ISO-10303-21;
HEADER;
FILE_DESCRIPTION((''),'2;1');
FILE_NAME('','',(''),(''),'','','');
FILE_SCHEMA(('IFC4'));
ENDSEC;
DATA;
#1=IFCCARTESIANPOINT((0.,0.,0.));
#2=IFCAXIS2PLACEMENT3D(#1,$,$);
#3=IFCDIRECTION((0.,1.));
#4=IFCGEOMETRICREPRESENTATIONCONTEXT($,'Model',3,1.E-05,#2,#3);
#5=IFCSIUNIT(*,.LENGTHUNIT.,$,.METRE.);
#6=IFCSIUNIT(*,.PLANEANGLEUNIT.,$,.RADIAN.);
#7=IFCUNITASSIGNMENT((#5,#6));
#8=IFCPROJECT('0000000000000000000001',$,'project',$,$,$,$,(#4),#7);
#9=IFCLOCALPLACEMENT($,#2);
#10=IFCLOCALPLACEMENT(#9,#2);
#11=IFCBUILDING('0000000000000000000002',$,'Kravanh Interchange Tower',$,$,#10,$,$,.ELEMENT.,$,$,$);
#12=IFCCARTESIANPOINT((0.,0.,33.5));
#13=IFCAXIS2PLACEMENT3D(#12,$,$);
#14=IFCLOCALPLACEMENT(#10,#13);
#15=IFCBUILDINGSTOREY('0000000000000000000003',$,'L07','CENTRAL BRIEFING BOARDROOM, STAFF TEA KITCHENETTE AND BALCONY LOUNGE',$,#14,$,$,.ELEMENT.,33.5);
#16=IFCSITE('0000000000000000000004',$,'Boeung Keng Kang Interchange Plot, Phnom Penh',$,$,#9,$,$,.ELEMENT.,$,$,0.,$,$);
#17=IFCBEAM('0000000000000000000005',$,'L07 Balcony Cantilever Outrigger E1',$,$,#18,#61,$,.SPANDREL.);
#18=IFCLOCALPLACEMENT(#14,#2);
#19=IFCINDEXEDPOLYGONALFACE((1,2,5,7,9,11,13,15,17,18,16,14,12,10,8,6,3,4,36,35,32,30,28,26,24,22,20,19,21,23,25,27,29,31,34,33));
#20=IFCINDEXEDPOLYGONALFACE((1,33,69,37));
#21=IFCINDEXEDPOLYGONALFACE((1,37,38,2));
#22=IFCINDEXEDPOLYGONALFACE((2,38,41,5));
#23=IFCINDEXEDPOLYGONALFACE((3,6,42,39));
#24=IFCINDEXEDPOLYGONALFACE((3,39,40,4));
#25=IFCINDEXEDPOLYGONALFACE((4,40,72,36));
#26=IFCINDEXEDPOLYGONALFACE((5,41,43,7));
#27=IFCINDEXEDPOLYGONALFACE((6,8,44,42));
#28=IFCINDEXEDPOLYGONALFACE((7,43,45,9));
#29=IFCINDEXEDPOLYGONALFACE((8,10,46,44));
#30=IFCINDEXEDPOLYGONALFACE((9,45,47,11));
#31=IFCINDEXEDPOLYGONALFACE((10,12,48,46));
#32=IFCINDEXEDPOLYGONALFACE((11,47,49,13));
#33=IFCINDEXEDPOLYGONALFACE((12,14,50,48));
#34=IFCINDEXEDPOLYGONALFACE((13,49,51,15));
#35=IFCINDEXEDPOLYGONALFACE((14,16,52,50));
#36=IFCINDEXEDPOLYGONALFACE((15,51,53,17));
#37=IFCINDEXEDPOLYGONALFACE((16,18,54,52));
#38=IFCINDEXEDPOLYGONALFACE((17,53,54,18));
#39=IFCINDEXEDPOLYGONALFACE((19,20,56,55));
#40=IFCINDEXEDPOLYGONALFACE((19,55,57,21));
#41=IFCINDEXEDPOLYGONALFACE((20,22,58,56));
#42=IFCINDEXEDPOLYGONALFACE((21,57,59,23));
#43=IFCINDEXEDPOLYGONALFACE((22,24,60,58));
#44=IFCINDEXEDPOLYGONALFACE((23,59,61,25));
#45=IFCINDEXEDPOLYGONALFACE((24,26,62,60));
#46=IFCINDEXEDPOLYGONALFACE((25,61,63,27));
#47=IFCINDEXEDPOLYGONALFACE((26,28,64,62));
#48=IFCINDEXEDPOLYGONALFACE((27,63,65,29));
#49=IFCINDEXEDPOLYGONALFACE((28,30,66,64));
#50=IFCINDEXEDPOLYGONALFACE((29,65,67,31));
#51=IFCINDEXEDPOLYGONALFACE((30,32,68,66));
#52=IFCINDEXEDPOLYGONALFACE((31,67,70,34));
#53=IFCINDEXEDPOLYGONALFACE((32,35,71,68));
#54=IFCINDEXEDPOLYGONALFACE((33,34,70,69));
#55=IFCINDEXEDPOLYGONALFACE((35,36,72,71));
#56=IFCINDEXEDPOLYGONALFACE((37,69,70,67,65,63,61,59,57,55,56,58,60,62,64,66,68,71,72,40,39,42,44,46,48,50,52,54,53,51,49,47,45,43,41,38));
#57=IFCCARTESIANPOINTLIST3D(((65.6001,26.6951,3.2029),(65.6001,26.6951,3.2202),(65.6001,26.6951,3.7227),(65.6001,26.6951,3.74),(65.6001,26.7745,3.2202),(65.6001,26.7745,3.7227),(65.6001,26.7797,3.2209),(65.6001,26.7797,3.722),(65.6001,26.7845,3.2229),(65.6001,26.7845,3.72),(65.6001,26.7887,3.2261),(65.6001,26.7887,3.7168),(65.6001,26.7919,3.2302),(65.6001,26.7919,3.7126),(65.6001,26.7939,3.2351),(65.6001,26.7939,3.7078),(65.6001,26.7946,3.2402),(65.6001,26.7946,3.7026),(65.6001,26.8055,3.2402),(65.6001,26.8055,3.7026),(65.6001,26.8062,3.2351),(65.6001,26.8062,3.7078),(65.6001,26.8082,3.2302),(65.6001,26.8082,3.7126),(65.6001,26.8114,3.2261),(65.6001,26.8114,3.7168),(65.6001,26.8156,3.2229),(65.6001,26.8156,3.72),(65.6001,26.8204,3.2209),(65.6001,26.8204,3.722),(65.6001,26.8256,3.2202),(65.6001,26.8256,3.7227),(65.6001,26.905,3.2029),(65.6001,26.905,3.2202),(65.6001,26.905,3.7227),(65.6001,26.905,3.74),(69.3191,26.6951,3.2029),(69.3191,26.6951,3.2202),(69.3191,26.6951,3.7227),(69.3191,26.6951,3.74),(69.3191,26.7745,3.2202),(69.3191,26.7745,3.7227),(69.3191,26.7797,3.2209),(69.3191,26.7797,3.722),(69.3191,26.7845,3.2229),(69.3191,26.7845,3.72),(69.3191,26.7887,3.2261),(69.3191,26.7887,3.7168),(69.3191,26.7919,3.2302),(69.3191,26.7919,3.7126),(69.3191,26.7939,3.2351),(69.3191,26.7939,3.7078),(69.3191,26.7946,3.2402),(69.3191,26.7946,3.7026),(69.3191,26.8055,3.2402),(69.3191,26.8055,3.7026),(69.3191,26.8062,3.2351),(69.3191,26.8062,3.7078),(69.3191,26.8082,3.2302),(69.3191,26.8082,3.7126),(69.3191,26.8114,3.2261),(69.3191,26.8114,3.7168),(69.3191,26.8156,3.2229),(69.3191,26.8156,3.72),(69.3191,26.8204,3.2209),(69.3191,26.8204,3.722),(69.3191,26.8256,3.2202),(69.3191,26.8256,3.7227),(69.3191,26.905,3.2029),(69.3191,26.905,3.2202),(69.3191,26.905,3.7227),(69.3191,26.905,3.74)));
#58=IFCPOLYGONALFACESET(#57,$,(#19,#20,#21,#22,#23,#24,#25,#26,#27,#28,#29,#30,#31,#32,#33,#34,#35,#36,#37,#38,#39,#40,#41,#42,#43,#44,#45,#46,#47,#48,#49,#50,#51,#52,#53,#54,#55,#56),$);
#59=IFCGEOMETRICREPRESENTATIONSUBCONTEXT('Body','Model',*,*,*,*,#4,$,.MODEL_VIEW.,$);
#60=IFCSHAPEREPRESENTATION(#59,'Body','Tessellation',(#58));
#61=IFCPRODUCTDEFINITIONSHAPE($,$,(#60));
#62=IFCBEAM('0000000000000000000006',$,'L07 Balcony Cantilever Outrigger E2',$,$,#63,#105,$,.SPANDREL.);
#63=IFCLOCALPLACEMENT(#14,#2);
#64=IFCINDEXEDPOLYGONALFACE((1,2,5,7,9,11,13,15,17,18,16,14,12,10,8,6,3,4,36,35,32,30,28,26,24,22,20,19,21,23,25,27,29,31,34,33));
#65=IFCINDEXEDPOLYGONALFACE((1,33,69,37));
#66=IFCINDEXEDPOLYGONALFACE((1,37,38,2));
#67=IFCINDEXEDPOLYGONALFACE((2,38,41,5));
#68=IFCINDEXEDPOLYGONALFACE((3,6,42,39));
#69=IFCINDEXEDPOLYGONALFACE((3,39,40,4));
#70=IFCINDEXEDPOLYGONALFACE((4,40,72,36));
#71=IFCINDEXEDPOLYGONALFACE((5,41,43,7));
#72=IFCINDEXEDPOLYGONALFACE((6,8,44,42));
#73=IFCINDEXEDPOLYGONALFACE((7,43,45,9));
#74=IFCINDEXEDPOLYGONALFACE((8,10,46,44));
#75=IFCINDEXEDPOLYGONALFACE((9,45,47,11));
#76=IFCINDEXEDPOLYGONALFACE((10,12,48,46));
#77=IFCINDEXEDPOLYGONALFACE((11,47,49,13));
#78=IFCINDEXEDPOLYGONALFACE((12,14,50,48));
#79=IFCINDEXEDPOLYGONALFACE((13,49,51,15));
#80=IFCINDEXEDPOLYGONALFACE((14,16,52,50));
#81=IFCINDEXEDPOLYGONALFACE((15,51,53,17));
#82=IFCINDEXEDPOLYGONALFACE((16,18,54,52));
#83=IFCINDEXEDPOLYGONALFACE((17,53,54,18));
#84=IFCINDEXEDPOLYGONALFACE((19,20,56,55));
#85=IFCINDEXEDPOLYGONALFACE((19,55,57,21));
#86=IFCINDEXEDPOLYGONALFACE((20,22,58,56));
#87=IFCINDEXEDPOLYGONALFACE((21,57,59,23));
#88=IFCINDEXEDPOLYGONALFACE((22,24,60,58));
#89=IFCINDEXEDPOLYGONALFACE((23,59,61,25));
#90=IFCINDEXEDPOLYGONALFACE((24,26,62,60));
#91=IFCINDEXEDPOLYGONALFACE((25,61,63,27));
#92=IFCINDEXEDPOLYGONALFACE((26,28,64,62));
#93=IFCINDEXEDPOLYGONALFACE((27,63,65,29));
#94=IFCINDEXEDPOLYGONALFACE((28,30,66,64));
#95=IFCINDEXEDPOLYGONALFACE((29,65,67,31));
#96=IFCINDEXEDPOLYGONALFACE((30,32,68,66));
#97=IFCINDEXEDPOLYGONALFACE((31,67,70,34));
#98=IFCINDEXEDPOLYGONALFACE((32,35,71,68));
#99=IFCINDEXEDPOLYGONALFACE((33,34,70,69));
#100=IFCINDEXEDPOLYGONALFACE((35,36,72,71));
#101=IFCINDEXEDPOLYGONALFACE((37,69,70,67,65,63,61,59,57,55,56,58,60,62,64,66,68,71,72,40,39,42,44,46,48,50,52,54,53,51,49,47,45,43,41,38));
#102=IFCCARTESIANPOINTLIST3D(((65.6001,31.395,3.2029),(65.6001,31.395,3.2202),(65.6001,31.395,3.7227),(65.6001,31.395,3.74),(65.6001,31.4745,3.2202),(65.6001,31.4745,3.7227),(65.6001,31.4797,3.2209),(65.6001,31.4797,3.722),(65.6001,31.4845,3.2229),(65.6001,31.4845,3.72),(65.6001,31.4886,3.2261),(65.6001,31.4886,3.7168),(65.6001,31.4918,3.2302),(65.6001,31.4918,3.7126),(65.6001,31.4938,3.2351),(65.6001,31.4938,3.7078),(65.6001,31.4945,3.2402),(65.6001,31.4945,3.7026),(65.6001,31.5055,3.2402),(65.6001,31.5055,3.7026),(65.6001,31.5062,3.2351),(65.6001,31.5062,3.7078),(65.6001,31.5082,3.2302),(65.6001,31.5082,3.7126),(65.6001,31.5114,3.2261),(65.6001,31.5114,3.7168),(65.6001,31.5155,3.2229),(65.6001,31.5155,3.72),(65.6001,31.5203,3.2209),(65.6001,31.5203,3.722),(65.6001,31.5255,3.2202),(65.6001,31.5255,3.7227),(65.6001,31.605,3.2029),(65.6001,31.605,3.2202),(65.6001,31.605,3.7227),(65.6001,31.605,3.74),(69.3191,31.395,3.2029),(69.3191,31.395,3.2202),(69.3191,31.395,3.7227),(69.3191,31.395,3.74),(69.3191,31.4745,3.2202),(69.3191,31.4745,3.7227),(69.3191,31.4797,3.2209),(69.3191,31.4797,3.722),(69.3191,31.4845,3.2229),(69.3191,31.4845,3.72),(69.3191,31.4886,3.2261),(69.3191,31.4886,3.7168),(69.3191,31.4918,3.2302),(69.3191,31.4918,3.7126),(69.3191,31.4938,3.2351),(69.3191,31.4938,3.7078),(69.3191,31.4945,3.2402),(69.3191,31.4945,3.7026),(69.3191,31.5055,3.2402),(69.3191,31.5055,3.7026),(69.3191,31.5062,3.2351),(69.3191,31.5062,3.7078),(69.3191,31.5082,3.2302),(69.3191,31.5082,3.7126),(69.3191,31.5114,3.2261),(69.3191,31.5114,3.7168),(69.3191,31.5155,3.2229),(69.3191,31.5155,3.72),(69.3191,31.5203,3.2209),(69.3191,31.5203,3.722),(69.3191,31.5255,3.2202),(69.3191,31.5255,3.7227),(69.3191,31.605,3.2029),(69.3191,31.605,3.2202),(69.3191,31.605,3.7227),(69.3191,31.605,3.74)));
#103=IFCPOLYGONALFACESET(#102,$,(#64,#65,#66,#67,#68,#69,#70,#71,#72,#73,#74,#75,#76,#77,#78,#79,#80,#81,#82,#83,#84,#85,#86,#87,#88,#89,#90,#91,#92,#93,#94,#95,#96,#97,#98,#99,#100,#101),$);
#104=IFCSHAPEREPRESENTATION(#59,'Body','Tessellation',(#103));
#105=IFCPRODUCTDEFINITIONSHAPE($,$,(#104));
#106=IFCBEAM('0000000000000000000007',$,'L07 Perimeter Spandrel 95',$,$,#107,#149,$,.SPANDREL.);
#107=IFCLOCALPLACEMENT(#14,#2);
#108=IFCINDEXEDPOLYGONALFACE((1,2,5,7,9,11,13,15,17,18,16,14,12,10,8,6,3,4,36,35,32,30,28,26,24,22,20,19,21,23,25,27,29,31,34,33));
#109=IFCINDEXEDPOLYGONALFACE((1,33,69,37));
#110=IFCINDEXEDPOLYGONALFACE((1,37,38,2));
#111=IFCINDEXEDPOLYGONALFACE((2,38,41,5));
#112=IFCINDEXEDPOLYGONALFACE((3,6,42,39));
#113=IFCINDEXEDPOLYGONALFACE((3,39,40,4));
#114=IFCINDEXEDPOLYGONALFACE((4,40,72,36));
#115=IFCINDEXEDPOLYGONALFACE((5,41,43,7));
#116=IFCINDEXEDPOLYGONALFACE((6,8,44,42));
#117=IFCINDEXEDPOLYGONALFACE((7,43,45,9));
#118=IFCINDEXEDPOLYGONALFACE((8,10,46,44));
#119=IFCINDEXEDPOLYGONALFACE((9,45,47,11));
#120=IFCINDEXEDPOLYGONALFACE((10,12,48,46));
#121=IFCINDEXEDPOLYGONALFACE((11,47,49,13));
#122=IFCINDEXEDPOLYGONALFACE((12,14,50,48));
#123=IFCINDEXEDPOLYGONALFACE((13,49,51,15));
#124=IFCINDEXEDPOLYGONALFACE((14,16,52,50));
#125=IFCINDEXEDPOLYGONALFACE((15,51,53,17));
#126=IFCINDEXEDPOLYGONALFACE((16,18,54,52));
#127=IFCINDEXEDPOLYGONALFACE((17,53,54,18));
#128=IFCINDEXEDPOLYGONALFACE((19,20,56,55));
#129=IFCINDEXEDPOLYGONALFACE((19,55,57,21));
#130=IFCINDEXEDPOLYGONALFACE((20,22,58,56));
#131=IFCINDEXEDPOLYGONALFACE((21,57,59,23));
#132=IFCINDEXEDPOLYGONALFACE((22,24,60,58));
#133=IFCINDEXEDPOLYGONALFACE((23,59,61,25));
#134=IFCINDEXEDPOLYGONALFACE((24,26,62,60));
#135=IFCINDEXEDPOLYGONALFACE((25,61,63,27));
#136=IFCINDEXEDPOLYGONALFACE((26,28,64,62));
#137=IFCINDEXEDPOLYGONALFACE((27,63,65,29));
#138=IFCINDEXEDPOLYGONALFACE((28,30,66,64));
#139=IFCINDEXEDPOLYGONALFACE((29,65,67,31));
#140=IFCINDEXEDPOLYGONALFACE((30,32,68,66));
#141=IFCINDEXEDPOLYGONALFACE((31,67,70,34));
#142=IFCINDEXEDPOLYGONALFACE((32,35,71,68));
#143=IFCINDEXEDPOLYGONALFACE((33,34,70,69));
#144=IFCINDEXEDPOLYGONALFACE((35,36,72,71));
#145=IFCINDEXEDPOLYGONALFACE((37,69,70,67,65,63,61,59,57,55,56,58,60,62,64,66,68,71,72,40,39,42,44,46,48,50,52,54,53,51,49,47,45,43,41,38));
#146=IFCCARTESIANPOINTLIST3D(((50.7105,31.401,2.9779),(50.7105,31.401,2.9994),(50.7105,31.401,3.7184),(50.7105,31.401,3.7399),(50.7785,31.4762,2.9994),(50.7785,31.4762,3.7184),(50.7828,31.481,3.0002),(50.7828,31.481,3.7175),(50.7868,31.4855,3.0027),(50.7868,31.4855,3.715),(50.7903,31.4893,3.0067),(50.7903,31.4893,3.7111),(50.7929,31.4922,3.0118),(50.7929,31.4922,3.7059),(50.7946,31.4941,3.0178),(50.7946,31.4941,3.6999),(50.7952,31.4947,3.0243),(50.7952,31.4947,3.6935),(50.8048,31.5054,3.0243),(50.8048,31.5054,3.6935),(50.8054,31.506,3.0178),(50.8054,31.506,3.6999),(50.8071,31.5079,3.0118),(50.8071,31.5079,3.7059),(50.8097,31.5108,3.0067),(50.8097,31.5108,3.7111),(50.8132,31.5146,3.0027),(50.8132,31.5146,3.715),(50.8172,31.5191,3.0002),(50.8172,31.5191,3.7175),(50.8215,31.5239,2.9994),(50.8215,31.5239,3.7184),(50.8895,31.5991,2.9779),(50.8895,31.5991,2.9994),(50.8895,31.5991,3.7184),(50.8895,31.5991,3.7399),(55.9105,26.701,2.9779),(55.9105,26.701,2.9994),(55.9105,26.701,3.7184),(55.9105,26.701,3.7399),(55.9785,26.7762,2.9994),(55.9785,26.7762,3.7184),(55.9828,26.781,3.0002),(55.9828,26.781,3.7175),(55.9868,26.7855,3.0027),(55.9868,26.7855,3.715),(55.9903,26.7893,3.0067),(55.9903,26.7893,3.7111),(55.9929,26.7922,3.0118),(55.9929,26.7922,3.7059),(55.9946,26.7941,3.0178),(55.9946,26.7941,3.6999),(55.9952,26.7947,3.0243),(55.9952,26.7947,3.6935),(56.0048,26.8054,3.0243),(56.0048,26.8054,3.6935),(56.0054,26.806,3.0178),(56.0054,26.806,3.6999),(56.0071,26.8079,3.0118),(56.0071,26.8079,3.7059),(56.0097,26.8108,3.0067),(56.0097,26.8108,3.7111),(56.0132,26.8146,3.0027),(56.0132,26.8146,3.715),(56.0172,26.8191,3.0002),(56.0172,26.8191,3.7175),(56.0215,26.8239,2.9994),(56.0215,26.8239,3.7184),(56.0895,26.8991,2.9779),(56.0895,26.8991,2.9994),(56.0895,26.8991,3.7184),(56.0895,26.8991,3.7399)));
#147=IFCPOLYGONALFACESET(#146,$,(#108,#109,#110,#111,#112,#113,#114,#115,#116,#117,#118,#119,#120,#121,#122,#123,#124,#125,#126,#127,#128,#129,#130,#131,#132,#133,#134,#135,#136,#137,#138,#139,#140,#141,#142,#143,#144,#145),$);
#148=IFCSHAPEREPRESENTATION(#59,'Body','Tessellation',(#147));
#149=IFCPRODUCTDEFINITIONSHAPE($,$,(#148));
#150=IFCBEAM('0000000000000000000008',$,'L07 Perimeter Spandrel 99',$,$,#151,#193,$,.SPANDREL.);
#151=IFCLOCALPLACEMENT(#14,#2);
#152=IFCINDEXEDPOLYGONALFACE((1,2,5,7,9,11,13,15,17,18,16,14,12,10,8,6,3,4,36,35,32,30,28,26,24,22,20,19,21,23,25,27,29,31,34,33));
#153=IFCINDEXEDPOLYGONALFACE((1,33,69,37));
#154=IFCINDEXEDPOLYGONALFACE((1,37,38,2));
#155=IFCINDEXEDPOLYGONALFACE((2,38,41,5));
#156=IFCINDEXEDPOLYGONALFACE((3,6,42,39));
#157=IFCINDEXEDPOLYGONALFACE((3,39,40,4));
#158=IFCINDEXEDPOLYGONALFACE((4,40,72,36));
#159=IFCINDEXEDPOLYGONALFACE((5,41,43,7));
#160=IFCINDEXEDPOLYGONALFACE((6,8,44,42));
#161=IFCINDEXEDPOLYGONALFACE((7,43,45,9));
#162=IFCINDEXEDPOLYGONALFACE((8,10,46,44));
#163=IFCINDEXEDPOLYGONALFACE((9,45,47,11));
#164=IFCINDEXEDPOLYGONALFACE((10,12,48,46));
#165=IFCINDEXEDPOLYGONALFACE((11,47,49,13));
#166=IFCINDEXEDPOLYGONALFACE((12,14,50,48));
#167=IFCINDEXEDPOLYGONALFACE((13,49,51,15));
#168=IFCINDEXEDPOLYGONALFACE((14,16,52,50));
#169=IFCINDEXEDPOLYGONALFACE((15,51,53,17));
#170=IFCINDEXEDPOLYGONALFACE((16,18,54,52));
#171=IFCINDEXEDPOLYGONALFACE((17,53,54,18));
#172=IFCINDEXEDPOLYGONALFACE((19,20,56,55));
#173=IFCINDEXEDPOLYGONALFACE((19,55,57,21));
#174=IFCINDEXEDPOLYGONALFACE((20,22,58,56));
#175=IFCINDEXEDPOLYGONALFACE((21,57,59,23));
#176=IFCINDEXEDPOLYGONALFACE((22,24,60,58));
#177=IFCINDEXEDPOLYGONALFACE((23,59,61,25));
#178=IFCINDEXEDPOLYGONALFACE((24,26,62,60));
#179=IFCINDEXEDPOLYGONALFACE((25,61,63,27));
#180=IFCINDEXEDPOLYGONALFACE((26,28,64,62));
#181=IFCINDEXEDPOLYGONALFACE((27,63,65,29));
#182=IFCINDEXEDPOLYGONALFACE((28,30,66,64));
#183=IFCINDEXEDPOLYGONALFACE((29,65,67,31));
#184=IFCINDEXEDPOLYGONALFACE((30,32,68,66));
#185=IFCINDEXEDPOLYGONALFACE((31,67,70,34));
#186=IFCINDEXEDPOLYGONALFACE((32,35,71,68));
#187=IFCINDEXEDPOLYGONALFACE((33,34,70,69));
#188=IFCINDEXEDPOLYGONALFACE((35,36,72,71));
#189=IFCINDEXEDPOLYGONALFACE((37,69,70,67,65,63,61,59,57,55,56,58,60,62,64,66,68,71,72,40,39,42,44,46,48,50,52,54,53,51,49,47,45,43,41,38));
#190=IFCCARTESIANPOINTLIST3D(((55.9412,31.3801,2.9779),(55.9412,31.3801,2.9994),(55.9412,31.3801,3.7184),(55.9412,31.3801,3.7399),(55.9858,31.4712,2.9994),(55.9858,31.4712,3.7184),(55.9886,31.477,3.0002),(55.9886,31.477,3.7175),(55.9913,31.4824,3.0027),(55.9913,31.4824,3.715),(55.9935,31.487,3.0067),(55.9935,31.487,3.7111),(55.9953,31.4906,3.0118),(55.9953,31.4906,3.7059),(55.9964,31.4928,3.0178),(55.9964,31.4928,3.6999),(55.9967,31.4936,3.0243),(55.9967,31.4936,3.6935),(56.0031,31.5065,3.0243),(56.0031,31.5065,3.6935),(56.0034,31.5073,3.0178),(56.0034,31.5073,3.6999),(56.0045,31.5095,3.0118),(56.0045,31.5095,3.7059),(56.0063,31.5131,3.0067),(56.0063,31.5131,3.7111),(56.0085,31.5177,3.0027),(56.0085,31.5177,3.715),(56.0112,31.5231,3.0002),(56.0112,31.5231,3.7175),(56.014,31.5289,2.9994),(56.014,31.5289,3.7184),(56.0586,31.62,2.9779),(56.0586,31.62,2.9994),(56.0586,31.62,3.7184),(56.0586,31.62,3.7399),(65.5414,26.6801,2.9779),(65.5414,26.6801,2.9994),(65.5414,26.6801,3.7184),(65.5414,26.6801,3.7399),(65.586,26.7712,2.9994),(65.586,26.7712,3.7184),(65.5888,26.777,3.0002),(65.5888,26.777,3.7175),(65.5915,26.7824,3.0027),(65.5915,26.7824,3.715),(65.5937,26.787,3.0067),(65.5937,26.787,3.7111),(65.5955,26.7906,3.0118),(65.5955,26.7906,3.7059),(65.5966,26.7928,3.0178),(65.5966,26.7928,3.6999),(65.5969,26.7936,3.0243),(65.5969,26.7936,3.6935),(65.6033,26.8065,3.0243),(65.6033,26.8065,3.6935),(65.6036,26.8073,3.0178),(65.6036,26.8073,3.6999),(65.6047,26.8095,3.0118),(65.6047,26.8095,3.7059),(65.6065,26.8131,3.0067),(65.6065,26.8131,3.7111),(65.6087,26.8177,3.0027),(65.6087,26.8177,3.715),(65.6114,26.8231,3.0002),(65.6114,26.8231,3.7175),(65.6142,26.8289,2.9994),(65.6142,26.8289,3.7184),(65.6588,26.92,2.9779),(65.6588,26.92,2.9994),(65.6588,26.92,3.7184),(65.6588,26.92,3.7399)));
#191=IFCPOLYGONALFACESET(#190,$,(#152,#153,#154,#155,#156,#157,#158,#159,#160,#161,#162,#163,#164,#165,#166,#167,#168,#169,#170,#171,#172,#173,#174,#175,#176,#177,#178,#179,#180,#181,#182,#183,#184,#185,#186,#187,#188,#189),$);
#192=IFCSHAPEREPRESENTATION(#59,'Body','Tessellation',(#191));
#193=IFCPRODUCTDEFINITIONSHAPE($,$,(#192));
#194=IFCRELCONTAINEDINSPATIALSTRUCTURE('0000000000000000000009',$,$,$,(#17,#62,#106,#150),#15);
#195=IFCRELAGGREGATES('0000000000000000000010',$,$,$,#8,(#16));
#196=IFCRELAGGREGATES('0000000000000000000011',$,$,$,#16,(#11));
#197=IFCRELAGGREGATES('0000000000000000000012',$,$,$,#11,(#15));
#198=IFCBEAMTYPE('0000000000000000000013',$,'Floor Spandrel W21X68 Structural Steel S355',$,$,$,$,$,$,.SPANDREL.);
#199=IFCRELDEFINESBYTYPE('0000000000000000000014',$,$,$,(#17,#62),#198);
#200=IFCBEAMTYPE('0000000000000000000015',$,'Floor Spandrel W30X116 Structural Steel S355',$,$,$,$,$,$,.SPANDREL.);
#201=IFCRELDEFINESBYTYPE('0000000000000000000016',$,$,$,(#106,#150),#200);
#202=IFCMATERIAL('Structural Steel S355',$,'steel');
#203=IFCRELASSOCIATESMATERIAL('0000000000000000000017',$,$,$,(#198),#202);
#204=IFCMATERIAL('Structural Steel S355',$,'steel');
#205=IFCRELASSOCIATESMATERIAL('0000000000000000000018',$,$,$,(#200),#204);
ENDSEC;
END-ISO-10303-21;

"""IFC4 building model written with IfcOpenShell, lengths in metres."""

from ifc_helpers import new_model, si_unit, direction, frame, origin, origin_2d, place, context, subcontext, project, spatial, i_section, extrude, material, material_profile, profile_set, type_object, element, save


model = new_model("IFC4")

# Units and contexts
model_context = context("Model", 3, precision=1e-05, world=origin(), true_north=direction((0.0, 1.0)))
body_context = subcontext(model_context, "Body", "Model", "MODEL_VIEW")
ifc_project = project(units=[si_unit("LENGTHUNIT", "METRE"), si_unit("PLANEANGLEUNIT", "RADIAN")], contexts=[model_context])

# Site, building, storey
site_placement = place(None, origin())
site = spatial("IfcSite", under=ifc_project, at=site_placement, Name="Boeung Keng Kang Interchange Plot, Phnom Penh", CompositionType="ELEMENT", RefElevation=0.0)
building_placement = place(site_placement, origin())
building = spatial("IfcBuilding", under=site, at=building_placement, Name="Kravanh Interchange Tower", CompositionType="ELEMENT")
storey_placement = place(building_placement, frame((0.0, 0.0, 33.5)))
storey = spatial("IfcBuildingStorey", under=building, at=storey_placement, Name="L07", Description="CENTRAL BRIEFING BOARDROOM, STAFF TEA KITCHENETTE AND BALCONY LOUNGE", CompositionType="ELEMENT", Elevation=33.5)

# Beams
ifc_material_1 = material(Name="Structural Steel S355", Category="steel")
ifc_material_profile_1 = material_profile(ifc_material_1, i_section(OverallWidth=0.21, OverallDepth=0.5371, WebThickness=0.011, FlangeThickness=0.0173, FilletRadius=0.02, at=origin_2d()), Name="W21X68")
ifc_profile_set_1 = profile_set([ifc_material_profile_1], Name="Structural Steel S355")
beam_type_1 = type_object("IfcBeamType", Name="Floor Spandrel W21X68 Structural Steel S355", PredefinedType="SPANDREL", material=ifc_profile_set_1)
for number, where, z_axis, x_axis, name in (
    (1, (65.6001, 26.8, 3.4714), (1.0, 0.0, 0.0), (0.0, 1.0, 0.0), "L07 Balcony Cantilever Outrigger E1"),
    (2, (65.6001, 31.5, 3.4714), (1.0, 0.0, 0.0), (0.0, 1.0, 0.0), "L07 Balcony Cantilever Outrigger E2"),
):
    element("IfcBeam", number, at=place(storey_placement, frame(where, z_axis=z_axis, x_axis=x_axis)), inside=storey, type_object=beam_type_1, Name=name, PredefinedType="SPANDREL", context=body_context, shape_type="SweptSolid", body=[
        extrude(i_section(OverallWidth=0.21, OverallDepth=0.5371, WebThickness=0.011, FlangeThickness=0.0173, FilletRadius=0.02, at=origin_2d()), origin(), (0.0, 0.0, 1.0), 3.719),
    ])
ifc_material_2 = material(Name="Structural Steel S355", Category="steel")
ifc_material_profile_2 = material_profile(ifc_material_2, i_section(OverallWidth=0.2671, OverallDepth=0.762, WebThickness=0.0144, FlangeThickness=0.0215, FilletRadius=0.0249, at=origin_2d()), Name="W30X116")
ifc_profile_set_2 = profile_set([ifc_material_profile_2], Name="Structural Steel S355")
beam_type_2 = type_object("IfcBeamType", Name="Floor Spandrel W30X116 Structural Steel S355", PredefinedType="SPANDREL", material=ifc_profile_set_2)
beam_1_placement = place(storey_placement, frame((56.0, 26.8, 3.3589), z_axis=(-0.741874, 0.670539, 0.0), x_axis=(-0.670539, -0.741874, 0.0)))
element("IfcBeam", 3, at=beam_1_placement, inside=storey, type_object=beam_type_2, Name="L07 Perimeter Spandrel 95", PredefinedType="SPANDREL", context=body_context, shape_type="SweptSolid", body=[
    extrude(i_section(OverallWidth=0.2671, OverallDepth=0.762, WebThickness=0.0144, FlangeThickness=0.0215, FilletRadius=0.0249, at=origin_2d()), origin(), (0.0, 0.0, 1.0), 7.0093),
])
beam_2_placement = place(storey_placement, frame((65.6001, 26.8, 3.3589), z_axis=(-0.898142, 0.439706, 0.0), x_axis=(-0.439706, -0.898142, 0.0)))
element("IfcBeam", 4, at=beam_2_placement, inside=storey, type_object=beam_type_2, Name="L07 Perimeter Spandrel 99", PredefinedType="SPANDREL", context=body_context, shape_type="SweptSolid", body=[
    extrude(i_section(OverallWidth=0.2671, OverallDepth=0.762, WebThickness=0.0144, FlangeThickness=0.0215, FilletRadius=0.0249, at=origin_2d()), origin(), (0.0, 0.0, 1.0), 10.689),
])

save(model, "model.ifc")
